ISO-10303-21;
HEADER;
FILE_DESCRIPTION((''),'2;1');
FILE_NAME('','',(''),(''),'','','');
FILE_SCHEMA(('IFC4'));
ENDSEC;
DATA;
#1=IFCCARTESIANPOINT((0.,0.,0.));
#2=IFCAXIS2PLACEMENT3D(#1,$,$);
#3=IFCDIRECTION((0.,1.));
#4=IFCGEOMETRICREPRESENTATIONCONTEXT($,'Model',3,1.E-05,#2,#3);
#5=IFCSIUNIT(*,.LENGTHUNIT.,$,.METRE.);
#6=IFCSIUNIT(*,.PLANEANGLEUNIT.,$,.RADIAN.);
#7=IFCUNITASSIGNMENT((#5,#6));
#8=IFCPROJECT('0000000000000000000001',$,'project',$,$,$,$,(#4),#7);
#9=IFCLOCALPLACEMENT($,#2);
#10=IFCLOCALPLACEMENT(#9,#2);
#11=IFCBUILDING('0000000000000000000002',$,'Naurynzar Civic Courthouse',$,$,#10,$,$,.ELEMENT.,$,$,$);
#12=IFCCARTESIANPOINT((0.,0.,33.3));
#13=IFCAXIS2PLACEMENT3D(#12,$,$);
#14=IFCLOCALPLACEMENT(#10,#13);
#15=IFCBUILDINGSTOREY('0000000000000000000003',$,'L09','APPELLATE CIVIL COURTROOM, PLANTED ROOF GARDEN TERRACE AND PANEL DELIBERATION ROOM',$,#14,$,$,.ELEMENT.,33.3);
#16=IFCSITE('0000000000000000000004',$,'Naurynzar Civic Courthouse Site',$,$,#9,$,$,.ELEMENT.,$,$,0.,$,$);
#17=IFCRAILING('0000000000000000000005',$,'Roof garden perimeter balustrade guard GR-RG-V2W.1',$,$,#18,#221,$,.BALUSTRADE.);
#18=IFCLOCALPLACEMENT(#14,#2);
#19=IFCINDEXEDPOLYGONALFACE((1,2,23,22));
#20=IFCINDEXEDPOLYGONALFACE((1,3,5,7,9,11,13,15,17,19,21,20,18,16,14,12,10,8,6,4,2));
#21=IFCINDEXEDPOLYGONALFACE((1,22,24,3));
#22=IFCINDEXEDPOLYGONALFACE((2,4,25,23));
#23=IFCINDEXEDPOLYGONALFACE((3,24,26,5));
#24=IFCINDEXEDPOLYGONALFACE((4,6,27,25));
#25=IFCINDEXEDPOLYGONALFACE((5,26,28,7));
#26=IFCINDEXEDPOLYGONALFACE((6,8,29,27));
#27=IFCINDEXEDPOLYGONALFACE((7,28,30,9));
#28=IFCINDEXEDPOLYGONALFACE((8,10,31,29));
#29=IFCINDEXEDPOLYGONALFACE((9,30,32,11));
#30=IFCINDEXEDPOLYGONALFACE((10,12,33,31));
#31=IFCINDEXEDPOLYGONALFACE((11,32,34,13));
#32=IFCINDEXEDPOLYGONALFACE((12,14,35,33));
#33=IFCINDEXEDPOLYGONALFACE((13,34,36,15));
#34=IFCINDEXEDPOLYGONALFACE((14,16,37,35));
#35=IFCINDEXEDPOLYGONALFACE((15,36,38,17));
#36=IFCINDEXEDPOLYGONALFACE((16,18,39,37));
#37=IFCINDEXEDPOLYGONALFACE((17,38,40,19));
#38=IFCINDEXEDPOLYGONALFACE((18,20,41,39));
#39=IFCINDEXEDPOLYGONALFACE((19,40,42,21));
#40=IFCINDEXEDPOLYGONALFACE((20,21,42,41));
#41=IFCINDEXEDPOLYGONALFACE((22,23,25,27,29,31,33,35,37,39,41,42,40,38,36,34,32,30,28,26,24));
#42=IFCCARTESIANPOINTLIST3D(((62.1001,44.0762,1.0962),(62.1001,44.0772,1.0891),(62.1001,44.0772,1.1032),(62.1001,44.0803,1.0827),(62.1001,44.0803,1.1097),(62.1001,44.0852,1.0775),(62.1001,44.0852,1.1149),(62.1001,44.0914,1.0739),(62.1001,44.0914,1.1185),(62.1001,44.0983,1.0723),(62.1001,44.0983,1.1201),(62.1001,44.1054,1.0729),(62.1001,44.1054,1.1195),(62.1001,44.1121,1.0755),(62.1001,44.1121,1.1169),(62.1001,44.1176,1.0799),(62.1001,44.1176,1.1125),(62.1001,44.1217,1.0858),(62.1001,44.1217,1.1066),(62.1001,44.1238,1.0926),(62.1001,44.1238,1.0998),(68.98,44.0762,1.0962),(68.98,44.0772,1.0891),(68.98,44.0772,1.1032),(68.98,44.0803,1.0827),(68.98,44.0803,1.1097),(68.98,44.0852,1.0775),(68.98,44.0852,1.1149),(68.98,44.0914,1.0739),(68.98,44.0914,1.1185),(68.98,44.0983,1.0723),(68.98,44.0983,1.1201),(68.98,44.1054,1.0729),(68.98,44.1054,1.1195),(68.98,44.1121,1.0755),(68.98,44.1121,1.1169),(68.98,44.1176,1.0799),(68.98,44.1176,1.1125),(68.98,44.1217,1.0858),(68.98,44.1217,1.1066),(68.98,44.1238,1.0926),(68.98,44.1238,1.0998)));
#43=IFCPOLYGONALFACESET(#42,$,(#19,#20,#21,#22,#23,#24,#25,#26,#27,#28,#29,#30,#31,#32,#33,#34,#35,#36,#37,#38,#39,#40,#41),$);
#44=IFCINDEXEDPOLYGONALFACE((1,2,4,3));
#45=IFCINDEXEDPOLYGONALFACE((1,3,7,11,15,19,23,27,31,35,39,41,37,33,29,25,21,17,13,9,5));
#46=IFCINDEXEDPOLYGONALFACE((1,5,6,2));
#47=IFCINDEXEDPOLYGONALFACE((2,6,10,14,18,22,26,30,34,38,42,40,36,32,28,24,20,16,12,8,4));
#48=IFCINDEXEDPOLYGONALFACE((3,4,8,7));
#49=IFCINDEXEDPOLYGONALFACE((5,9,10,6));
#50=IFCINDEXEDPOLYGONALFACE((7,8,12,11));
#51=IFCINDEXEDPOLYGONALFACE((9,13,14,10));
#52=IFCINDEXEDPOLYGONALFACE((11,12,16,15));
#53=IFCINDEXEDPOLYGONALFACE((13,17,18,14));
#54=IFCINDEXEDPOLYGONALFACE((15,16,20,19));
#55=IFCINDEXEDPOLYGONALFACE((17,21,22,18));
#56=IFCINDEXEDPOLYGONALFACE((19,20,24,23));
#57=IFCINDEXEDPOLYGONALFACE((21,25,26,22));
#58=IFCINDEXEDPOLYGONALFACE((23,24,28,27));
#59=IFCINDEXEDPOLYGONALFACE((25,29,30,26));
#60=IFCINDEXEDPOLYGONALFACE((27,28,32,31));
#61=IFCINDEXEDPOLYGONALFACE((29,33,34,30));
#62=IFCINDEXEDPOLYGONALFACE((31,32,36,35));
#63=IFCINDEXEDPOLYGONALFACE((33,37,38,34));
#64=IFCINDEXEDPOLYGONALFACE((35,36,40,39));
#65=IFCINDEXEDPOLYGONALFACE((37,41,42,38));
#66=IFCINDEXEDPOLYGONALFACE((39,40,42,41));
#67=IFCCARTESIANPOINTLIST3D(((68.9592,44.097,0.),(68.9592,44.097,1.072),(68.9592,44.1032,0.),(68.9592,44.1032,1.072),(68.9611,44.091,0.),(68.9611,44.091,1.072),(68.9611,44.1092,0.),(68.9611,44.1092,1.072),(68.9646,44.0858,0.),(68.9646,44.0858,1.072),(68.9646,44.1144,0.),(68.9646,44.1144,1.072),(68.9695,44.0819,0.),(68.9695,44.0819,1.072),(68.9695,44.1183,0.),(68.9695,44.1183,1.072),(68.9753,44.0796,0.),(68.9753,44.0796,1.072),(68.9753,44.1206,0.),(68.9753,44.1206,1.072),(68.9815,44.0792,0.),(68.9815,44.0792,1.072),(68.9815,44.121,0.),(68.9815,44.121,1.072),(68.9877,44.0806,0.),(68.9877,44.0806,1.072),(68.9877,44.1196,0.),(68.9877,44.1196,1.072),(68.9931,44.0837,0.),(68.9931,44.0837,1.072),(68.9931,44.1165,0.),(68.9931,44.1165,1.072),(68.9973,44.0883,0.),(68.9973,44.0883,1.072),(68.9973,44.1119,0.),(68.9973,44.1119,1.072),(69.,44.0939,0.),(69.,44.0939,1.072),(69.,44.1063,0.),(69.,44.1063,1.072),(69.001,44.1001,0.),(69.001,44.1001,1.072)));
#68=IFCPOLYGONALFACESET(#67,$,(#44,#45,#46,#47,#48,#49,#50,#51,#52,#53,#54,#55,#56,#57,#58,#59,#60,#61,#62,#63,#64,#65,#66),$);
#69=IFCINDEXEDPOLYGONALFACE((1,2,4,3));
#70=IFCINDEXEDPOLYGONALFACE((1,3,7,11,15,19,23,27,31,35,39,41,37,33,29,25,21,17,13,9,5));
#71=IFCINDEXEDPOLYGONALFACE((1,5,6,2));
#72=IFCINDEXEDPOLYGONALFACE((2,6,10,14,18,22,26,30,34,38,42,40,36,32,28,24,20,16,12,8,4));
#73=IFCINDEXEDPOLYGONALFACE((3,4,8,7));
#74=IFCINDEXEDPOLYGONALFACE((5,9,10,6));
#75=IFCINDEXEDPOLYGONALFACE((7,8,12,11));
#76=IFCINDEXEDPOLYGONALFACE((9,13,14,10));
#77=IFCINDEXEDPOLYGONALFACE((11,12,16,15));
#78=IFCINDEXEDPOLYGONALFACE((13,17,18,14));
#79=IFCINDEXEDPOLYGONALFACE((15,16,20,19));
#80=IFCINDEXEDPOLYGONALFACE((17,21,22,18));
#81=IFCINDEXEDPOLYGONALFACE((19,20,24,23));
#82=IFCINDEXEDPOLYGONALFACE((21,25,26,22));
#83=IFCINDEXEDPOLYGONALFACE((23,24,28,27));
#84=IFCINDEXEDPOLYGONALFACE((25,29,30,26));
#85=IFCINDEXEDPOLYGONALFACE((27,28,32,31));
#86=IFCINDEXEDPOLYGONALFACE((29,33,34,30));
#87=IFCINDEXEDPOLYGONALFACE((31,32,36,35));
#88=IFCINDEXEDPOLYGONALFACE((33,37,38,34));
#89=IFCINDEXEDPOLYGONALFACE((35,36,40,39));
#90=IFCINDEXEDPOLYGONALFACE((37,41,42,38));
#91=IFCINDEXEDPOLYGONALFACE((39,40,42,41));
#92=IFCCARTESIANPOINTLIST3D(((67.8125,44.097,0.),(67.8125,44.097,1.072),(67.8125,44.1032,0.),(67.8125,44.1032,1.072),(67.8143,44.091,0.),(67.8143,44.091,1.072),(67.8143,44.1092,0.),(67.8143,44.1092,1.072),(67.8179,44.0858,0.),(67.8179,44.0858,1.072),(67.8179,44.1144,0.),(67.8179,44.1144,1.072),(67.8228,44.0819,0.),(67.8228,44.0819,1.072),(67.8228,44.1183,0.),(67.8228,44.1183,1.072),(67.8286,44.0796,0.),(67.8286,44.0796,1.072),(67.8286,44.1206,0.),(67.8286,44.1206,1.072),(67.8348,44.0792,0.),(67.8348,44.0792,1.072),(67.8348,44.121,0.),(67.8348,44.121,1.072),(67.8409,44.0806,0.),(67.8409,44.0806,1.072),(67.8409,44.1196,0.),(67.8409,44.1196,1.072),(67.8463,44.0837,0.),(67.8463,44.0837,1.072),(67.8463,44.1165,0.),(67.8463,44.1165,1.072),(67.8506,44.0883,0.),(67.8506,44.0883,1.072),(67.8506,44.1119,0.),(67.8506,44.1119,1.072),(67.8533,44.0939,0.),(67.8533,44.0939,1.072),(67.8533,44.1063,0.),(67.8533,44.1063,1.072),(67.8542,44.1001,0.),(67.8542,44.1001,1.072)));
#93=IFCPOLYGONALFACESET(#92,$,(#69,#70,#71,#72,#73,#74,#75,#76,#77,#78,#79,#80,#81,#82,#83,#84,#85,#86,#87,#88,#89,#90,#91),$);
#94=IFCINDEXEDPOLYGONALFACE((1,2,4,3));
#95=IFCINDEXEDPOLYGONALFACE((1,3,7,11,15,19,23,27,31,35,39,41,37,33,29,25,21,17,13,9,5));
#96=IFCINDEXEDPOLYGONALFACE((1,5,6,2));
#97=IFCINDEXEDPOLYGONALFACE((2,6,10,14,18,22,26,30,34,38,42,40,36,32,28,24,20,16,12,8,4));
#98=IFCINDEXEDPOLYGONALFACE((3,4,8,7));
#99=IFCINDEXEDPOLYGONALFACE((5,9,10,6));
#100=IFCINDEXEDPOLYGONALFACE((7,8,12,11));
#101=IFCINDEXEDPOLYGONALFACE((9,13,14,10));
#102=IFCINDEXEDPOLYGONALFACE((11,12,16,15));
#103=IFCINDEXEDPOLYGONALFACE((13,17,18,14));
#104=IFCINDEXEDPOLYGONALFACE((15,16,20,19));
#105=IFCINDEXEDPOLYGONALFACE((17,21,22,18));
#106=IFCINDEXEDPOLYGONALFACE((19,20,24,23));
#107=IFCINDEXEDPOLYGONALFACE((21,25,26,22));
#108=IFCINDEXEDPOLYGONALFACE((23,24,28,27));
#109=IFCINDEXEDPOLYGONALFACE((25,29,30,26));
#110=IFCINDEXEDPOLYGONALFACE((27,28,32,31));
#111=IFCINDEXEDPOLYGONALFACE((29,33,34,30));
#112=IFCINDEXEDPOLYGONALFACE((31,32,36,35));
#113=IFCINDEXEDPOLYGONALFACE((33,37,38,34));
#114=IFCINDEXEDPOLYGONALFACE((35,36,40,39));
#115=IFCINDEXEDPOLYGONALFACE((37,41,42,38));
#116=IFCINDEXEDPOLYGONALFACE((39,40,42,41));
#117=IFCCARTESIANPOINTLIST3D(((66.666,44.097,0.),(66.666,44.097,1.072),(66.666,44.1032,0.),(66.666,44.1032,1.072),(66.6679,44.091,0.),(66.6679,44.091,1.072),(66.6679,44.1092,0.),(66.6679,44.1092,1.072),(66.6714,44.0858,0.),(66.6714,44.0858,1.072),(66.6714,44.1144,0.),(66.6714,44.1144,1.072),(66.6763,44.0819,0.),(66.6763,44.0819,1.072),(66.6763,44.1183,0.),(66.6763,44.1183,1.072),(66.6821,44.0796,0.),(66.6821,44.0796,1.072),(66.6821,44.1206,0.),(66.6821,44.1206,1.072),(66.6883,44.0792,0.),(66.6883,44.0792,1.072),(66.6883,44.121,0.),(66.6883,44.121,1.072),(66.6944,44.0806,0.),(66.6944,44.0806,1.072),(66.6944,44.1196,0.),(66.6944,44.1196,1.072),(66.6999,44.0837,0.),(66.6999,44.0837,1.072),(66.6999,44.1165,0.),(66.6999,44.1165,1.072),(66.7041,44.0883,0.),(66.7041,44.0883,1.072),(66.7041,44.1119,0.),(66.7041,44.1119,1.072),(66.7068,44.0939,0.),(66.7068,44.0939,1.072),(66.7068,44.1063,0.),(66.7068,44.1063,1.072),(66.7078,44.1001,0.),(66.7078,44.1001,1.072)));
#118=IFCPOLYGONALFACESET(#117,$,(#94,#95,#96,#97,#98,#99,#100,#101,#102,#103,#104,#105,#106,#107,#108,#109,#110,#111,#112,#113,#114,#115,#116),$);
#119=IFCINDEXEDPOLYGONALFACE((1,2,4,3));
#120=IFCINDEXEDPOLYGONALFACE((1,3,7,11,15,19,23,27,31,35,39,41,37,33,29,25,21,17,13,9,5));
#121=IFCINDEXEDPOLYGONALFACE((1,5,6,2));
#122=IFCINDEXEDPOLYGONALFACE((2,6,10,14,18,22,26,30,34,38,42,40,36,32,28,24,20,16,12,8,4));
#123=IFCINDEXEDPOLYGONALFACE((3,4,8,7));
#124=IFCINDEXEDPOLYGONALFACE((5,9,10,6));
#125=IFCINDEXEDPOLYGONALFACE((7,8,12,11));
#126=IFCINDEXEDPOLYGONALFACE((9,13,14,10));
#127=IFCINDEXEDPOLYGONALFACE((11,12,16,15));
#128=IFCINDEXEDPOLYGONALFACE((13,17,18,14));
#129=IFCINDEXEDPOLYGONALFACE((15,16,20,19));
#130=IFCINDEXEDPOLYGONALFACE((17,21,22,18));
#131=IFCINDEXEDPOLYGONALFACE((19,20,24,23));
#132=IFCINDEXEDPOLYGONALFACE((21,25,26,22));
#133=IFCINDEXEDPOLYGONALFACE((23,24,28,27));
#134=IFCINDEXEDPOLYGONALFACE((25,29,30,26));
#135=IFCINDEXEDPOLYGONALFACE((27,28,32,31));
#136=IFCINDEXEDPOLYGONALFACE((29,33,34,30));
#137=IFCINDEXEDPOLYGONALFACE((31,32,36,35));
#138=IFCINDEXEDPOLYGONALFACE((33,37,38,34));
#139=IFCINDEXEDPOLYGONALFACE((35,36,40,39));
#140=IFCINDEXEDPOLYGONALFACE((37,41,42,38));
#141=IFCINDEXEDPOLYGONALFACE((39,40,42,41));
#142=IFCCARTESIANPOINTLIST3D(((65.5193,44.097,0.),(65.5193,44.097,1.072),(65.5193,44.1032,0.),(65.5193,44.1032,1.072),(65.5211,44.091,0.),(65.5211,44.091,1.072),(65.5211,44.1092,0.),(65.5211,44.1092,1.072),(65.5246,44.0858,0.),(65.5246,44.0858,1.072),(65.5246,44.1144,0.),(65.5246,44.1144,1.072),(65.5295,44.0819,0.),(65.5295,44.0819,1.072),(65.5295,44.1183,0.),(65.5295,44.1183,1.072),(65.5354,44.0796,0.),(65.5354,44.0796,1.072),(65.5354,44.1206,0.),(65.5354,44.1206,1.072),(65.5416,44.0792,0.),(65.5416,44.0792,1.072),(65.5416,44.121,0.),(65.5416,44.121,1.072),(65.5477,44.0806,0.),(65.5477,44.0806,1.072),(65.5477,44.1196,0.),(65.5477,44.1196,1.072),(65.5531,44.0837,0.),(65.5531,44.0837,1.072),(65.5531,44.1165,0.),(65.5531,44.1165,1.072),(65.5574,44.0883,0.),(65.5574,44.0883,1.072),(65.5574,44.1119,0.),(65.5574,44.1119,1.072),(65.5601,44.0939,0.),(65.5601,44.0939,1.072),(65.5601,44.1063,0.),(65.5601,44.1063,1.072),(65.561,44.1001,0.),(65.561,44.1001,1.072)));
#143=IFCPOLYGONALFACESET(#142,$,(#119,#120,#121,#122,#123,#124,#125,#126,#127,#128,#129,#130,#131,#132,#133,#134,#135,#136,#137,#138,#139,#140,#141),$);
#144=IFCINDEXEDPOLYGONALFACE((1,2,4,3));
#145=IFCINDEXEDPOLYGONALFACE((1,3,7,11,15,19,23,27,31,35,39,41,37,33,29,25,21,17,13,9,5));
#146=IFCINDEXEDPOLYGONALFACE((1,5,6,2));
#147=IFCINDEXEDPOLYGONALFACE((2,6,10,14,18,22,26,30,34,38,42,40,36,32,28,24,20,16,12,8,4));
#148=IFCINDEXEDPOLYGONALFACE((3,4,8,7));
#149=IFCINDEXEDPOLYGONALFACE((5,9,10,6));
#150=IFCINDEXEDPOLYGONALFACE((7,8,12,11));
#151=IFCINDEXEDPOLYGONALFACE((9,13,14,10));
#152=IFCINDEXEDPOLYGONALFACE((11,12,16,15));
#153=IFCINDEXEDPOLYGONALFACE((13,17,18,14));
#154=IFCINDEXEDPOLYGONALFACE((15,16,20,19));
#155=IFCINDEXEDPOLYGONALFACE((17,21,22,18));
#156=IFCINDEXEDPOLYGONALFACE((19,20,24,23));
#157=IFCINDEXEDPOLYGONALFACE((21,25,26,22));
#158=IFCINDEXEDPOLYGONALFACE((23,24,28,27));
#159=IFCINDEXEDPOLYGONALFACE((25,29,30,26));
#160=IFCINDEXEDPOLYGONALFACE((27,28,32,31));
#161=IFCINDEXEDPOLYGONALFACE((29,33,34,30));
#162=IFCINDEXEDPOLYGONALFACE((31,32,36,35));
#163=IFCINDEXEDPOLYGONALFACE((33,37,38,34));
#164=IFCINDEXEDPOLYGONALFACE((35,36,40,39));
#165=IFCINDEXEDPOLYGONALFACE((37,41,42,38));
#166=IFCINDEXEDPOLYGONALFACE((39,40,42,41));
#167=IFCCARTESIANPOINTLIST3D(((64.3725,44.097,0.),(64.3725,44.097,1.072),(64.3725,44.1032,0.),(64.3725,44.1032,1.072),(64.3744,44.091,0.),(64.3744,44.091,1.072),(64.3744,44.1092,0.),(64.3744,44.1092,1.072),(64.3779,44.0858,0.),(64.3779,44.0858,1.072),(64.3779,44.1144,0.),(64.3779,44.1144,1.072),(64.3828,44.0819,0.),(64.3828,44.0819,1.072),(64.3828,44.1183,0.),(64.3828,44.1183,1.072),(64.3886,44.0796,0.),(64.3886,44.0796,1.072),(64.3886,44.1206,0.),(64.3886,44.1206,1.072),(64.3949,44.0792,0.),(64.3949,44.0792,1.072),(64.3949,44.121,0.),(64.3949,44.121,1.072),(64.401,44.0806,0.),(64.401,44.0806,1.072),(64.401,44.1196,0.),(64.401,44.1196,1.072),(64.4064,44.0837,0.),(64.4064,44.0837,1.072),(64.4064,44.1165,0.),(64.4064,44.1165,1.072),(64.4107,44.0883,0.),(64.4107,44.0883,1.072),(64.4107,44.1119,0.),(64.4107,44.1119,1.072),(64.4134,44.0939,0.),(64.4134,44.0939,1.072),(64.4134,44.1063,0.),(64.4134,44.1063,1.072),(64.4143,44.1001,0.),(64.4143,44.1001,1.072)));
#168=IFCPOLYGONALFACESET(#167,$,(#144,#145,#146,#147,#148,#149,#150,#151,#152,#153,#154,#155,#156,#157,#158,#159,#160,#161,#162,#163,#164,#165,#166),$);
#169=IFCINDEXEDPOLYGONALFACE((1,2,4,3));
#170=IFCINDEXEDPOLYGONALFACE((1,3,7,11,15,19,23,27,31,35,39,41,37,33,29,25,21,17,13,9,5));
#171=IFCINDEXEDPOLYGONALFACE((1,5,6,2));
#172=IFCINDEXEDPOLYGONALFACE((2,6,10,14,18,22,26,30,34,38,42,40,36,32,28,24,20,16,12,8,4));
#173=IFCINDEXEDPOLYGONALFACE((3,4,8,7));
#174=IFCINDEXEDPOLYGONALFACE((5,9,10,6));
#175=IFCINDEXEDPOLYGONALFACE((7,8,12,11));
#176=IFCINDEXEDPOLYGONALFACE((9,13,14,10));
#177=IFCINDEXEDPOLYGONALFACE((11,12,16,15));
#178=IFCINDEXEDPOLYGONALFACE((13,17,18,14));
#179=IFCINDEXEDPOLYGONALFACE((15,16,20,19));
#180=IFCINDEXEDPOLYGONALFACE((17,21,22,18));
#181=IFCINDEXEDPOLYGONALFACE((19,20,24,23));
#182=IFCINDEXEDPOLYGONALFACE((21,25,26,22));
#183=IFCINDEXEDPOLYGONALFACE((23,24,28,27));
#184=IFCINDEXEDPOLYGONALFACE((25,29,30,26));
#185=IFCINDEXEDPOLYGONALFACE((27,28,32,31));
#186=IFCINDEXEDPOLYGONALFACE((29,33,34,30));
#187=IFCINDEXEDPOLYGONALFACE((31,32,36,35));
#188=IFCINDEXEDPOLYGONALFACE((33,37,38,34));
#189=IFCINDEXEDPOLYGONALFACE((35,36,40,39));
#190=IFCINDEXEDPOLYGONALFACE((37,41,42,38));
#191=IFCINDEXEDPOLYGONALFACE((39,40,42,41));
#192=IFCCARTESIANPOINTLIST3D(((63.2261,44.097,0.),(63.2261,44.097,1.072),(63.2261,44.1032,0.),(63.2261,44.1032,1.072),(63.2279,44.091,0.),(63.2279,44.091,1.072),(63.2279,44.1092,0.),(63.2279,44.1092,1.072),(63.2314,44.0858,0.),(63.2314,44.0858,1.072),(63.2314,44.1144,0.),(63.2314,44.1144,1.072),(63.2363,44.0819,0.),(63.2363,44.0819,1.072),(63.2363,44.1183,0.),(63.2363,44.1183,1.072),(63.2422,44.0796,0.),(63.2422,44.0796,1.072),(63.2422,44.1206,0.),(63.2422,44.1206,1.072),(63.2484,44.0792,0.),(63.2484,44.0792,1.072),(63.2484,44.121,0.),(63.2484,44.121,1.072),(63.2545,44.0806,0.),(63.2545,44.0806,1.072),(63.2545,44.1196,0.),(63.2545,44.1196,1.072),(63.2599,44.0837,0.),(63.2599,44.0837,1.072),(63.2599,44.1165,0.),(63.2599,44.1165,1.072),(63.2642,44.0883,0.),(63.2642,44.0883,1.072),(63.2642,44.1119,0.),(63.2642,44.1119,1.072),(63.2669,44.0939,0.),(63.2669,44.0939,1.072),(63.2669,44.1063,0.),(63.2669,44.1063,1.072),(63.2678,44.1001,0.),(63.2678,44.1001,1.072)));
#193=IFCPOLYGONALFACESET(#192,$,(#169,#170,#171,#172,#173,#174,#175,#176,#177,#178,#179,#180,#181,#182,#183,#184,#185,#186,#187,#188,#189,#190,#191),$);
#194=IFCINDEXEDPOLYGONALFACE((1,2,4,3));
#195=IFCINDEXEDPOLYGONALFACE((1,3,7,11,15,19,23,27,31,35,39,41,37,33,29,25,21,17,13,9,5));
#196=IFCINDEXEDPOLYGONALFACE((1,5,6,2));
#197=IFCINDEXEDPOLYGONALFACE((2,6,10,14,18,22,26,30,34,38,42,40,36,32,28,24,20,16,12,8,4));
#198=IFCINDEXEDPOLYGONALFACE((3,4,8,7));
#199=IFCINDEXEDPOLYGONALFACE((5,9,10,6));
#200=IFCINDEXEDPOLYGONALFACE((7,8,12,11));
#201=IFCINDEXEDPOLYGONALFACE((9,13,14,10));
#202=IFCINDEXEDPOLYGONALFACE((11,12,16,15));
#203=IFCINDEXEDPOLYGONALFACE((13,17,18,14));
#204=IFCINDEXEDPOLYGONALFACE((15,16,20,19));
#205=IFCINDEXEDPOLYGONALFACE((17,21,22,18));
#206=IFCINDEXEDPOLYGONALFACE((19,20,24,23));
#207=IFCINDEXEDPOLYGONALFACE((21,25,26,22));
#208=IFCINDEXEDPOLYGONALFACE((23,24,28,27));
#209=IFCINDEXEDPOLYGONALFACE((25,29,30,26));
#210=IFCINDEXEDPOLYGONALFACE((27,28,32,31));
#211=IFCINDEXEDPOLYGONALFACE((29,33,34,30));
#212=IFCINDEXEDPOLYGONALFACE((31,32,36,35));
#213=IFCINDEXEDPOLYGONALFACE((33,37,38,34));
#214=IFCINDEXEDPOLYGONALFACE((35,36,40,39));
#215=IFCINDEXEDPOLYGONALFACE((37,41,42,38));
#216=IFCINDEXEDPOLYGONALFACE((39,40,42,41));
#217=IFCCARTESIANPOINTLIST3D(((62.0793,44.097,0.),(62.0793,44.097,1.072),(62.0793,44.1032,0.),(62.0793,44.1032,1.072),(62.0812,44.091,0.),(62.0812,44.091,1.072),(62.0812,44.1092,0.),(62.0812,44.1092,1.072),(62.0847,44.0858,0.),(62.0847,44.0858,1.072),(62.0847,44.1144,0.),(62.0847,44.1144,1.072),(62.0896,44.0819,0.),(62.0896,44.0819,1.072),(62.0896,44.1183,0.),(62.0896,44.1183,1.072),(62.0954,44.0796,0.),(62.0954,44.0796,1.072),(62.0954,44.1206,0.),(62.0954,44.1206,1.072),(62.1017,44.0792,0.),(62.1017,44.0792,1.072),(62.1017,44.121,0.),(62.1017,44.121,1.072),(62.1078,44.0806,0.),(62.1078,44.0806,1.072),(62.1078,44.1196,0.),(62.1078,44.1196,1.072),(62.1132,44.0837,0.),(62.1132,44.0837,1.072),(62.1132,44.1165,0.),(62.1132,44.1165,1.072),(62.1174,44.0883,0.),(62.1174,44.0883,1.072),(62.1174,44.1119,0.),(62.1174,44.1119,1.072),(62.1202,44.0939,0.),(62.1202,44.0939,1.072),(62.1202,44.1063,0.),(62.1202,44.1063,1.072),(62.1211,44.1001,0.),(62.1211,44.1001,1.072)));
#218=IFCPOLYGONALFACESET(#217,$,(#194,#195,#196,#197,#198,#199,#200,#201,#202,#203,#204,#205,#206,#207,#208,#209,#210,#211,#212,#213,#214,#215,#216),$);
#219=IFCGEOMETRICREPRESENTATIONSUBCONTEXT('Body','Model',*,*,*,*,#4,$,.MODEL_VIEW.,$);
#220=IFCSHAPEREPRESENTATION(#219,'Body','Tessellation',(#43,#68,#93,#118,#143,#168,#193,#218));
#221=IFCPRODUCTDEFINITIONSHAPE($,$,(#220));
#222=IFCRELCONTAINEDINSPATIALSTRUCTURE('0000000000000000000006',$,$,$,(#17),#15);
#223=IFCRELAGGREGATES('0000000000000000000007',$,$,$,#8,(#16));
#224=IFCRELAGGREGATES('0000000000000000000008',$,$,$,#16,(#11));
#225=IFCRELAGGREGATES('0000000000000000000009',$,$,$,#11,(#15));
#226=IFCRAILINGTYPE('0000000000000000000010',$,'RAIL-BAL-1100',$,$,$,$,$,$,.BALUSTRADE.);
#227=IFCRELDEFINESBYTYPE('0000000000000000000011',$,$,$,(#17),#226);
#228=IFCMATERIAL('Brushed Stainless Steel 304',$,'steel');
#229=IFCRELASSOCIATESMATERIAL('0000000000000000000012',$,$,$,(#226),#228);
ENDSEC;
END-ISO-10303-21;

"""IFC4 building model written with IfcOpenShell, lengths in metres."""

from ifc_helpers import new_model, si_unit, direction, frame, origin, origin_2d, place, context, subcontext, project, spatial, circle, extrude, material, type_object, element, save


model = new_model("IFC4")

# Units and contexts
model_context = context("Model", 3, precision=1e-05, world=origin(), true_north=direction((0.0, 1.0)))
body_context = subcontext(model_context, "Body", "Model", "MODEL_VIEW")
ifc_project = project(units=[si_unit("LENGTHUNIT", "METRE"), si_unit("PLANEANGLEUNIT", "RADIAN")], contexts=[model_context])

# Site, building, storey
site_placement = place(None, origin())
site = spatial("IfcSite", under=ifc_project, at=site_placement, Name="Naurynzar Civic Courthouse Site", CompositionType="ELEMENT", RefElevation=0.0)
building_placement = place(site_placement, origin())
building = spatial("IfcBuilding", under=site, at=building_placement, Name="Naurynzar Civic Courthouse", CompositionType="ELEMENT")
storey_placement = place(building_placement, frame((0.0, 0.0, 33.3)))
storey = spatial("IfcBuildingStorey", under=building, at=storey_placement, Name="L09", Description="APPELLATE CIVIL COURTROOM, PLANTED ROOF GARDEN TERRACE AND PANEL DELIBERATION ROOM", CompositionType="ELEMENT", Elevation=33.3)

# Railing
ifc_material_1 = material(Name="Brushed Stainless Steel 304", Category="steel")
railing_type = type_object("IfcRailingType", Name="RAIL-BAL-1100", PredefinedType="BALUSTRADE", material=ifc_material_1)
railing_1_placement = place(storey_placement, frame((68.98, 44.1001, 0.0)))
element("IfcRailing", 1, at=railing_1_placement, inside=storey, type_object=railing_type, Name="Roof garden perimeter balustrade guard GR-RG-V2W.1", PredefinedType="BALUSTRADE", context=body_context, shape_type="SweptSolid", body=[
    extrude(circle(Radius=0.0239, at=origin_2d()), frame((0.0, 0.0, 1.0962), z_axis=(-1.0, 0.0, 0.0), x_axis=(0.0, -1.0, 0.0)), (0.0, 0.0, 1.0), 6.8799),
    extrude(circle(Radius=0.021, at=origin_2d()), origin(), (0.0, 0.0, 1.0), 1.072),
    extrude(circle(Radius=0.021, at=origin_2d()), frame((-1.1467, 0.0, 0.0)), (0.0, 0.0, 1.0), 1.072),
    extrude(circle(Radius=0.021, at=origin_2d()), frame((-2.2932, 0.0, 0.0)), (0.0, 0.0, 1.0), 1.072),
    extrude(circle(Radius=0.021, at=origin_2d()), frame((-3.4399, 0.0, 0.0)), (0.0, 0.0, 1.0), 1.072),
    extrude(circle(Radius=0.021, at=origin_2d()), frame((-4.5867, 0.0, 0.0)), (0.0, 0.0, 1.0), 1.072),
    extrude(circle(Radius=0.021, at=origin_2d()), frame((-5.7332, 0.0, 0.0)), (0.0, 0.0, 1.0), 1.072),
    extrude(circle(Radius=0.021, at=origin_2d()), frame((-6.8799, 0.0, 0.0)), (0.0, 0.0, 1.0), 1.072),
])

save(model, "model.ifc")
